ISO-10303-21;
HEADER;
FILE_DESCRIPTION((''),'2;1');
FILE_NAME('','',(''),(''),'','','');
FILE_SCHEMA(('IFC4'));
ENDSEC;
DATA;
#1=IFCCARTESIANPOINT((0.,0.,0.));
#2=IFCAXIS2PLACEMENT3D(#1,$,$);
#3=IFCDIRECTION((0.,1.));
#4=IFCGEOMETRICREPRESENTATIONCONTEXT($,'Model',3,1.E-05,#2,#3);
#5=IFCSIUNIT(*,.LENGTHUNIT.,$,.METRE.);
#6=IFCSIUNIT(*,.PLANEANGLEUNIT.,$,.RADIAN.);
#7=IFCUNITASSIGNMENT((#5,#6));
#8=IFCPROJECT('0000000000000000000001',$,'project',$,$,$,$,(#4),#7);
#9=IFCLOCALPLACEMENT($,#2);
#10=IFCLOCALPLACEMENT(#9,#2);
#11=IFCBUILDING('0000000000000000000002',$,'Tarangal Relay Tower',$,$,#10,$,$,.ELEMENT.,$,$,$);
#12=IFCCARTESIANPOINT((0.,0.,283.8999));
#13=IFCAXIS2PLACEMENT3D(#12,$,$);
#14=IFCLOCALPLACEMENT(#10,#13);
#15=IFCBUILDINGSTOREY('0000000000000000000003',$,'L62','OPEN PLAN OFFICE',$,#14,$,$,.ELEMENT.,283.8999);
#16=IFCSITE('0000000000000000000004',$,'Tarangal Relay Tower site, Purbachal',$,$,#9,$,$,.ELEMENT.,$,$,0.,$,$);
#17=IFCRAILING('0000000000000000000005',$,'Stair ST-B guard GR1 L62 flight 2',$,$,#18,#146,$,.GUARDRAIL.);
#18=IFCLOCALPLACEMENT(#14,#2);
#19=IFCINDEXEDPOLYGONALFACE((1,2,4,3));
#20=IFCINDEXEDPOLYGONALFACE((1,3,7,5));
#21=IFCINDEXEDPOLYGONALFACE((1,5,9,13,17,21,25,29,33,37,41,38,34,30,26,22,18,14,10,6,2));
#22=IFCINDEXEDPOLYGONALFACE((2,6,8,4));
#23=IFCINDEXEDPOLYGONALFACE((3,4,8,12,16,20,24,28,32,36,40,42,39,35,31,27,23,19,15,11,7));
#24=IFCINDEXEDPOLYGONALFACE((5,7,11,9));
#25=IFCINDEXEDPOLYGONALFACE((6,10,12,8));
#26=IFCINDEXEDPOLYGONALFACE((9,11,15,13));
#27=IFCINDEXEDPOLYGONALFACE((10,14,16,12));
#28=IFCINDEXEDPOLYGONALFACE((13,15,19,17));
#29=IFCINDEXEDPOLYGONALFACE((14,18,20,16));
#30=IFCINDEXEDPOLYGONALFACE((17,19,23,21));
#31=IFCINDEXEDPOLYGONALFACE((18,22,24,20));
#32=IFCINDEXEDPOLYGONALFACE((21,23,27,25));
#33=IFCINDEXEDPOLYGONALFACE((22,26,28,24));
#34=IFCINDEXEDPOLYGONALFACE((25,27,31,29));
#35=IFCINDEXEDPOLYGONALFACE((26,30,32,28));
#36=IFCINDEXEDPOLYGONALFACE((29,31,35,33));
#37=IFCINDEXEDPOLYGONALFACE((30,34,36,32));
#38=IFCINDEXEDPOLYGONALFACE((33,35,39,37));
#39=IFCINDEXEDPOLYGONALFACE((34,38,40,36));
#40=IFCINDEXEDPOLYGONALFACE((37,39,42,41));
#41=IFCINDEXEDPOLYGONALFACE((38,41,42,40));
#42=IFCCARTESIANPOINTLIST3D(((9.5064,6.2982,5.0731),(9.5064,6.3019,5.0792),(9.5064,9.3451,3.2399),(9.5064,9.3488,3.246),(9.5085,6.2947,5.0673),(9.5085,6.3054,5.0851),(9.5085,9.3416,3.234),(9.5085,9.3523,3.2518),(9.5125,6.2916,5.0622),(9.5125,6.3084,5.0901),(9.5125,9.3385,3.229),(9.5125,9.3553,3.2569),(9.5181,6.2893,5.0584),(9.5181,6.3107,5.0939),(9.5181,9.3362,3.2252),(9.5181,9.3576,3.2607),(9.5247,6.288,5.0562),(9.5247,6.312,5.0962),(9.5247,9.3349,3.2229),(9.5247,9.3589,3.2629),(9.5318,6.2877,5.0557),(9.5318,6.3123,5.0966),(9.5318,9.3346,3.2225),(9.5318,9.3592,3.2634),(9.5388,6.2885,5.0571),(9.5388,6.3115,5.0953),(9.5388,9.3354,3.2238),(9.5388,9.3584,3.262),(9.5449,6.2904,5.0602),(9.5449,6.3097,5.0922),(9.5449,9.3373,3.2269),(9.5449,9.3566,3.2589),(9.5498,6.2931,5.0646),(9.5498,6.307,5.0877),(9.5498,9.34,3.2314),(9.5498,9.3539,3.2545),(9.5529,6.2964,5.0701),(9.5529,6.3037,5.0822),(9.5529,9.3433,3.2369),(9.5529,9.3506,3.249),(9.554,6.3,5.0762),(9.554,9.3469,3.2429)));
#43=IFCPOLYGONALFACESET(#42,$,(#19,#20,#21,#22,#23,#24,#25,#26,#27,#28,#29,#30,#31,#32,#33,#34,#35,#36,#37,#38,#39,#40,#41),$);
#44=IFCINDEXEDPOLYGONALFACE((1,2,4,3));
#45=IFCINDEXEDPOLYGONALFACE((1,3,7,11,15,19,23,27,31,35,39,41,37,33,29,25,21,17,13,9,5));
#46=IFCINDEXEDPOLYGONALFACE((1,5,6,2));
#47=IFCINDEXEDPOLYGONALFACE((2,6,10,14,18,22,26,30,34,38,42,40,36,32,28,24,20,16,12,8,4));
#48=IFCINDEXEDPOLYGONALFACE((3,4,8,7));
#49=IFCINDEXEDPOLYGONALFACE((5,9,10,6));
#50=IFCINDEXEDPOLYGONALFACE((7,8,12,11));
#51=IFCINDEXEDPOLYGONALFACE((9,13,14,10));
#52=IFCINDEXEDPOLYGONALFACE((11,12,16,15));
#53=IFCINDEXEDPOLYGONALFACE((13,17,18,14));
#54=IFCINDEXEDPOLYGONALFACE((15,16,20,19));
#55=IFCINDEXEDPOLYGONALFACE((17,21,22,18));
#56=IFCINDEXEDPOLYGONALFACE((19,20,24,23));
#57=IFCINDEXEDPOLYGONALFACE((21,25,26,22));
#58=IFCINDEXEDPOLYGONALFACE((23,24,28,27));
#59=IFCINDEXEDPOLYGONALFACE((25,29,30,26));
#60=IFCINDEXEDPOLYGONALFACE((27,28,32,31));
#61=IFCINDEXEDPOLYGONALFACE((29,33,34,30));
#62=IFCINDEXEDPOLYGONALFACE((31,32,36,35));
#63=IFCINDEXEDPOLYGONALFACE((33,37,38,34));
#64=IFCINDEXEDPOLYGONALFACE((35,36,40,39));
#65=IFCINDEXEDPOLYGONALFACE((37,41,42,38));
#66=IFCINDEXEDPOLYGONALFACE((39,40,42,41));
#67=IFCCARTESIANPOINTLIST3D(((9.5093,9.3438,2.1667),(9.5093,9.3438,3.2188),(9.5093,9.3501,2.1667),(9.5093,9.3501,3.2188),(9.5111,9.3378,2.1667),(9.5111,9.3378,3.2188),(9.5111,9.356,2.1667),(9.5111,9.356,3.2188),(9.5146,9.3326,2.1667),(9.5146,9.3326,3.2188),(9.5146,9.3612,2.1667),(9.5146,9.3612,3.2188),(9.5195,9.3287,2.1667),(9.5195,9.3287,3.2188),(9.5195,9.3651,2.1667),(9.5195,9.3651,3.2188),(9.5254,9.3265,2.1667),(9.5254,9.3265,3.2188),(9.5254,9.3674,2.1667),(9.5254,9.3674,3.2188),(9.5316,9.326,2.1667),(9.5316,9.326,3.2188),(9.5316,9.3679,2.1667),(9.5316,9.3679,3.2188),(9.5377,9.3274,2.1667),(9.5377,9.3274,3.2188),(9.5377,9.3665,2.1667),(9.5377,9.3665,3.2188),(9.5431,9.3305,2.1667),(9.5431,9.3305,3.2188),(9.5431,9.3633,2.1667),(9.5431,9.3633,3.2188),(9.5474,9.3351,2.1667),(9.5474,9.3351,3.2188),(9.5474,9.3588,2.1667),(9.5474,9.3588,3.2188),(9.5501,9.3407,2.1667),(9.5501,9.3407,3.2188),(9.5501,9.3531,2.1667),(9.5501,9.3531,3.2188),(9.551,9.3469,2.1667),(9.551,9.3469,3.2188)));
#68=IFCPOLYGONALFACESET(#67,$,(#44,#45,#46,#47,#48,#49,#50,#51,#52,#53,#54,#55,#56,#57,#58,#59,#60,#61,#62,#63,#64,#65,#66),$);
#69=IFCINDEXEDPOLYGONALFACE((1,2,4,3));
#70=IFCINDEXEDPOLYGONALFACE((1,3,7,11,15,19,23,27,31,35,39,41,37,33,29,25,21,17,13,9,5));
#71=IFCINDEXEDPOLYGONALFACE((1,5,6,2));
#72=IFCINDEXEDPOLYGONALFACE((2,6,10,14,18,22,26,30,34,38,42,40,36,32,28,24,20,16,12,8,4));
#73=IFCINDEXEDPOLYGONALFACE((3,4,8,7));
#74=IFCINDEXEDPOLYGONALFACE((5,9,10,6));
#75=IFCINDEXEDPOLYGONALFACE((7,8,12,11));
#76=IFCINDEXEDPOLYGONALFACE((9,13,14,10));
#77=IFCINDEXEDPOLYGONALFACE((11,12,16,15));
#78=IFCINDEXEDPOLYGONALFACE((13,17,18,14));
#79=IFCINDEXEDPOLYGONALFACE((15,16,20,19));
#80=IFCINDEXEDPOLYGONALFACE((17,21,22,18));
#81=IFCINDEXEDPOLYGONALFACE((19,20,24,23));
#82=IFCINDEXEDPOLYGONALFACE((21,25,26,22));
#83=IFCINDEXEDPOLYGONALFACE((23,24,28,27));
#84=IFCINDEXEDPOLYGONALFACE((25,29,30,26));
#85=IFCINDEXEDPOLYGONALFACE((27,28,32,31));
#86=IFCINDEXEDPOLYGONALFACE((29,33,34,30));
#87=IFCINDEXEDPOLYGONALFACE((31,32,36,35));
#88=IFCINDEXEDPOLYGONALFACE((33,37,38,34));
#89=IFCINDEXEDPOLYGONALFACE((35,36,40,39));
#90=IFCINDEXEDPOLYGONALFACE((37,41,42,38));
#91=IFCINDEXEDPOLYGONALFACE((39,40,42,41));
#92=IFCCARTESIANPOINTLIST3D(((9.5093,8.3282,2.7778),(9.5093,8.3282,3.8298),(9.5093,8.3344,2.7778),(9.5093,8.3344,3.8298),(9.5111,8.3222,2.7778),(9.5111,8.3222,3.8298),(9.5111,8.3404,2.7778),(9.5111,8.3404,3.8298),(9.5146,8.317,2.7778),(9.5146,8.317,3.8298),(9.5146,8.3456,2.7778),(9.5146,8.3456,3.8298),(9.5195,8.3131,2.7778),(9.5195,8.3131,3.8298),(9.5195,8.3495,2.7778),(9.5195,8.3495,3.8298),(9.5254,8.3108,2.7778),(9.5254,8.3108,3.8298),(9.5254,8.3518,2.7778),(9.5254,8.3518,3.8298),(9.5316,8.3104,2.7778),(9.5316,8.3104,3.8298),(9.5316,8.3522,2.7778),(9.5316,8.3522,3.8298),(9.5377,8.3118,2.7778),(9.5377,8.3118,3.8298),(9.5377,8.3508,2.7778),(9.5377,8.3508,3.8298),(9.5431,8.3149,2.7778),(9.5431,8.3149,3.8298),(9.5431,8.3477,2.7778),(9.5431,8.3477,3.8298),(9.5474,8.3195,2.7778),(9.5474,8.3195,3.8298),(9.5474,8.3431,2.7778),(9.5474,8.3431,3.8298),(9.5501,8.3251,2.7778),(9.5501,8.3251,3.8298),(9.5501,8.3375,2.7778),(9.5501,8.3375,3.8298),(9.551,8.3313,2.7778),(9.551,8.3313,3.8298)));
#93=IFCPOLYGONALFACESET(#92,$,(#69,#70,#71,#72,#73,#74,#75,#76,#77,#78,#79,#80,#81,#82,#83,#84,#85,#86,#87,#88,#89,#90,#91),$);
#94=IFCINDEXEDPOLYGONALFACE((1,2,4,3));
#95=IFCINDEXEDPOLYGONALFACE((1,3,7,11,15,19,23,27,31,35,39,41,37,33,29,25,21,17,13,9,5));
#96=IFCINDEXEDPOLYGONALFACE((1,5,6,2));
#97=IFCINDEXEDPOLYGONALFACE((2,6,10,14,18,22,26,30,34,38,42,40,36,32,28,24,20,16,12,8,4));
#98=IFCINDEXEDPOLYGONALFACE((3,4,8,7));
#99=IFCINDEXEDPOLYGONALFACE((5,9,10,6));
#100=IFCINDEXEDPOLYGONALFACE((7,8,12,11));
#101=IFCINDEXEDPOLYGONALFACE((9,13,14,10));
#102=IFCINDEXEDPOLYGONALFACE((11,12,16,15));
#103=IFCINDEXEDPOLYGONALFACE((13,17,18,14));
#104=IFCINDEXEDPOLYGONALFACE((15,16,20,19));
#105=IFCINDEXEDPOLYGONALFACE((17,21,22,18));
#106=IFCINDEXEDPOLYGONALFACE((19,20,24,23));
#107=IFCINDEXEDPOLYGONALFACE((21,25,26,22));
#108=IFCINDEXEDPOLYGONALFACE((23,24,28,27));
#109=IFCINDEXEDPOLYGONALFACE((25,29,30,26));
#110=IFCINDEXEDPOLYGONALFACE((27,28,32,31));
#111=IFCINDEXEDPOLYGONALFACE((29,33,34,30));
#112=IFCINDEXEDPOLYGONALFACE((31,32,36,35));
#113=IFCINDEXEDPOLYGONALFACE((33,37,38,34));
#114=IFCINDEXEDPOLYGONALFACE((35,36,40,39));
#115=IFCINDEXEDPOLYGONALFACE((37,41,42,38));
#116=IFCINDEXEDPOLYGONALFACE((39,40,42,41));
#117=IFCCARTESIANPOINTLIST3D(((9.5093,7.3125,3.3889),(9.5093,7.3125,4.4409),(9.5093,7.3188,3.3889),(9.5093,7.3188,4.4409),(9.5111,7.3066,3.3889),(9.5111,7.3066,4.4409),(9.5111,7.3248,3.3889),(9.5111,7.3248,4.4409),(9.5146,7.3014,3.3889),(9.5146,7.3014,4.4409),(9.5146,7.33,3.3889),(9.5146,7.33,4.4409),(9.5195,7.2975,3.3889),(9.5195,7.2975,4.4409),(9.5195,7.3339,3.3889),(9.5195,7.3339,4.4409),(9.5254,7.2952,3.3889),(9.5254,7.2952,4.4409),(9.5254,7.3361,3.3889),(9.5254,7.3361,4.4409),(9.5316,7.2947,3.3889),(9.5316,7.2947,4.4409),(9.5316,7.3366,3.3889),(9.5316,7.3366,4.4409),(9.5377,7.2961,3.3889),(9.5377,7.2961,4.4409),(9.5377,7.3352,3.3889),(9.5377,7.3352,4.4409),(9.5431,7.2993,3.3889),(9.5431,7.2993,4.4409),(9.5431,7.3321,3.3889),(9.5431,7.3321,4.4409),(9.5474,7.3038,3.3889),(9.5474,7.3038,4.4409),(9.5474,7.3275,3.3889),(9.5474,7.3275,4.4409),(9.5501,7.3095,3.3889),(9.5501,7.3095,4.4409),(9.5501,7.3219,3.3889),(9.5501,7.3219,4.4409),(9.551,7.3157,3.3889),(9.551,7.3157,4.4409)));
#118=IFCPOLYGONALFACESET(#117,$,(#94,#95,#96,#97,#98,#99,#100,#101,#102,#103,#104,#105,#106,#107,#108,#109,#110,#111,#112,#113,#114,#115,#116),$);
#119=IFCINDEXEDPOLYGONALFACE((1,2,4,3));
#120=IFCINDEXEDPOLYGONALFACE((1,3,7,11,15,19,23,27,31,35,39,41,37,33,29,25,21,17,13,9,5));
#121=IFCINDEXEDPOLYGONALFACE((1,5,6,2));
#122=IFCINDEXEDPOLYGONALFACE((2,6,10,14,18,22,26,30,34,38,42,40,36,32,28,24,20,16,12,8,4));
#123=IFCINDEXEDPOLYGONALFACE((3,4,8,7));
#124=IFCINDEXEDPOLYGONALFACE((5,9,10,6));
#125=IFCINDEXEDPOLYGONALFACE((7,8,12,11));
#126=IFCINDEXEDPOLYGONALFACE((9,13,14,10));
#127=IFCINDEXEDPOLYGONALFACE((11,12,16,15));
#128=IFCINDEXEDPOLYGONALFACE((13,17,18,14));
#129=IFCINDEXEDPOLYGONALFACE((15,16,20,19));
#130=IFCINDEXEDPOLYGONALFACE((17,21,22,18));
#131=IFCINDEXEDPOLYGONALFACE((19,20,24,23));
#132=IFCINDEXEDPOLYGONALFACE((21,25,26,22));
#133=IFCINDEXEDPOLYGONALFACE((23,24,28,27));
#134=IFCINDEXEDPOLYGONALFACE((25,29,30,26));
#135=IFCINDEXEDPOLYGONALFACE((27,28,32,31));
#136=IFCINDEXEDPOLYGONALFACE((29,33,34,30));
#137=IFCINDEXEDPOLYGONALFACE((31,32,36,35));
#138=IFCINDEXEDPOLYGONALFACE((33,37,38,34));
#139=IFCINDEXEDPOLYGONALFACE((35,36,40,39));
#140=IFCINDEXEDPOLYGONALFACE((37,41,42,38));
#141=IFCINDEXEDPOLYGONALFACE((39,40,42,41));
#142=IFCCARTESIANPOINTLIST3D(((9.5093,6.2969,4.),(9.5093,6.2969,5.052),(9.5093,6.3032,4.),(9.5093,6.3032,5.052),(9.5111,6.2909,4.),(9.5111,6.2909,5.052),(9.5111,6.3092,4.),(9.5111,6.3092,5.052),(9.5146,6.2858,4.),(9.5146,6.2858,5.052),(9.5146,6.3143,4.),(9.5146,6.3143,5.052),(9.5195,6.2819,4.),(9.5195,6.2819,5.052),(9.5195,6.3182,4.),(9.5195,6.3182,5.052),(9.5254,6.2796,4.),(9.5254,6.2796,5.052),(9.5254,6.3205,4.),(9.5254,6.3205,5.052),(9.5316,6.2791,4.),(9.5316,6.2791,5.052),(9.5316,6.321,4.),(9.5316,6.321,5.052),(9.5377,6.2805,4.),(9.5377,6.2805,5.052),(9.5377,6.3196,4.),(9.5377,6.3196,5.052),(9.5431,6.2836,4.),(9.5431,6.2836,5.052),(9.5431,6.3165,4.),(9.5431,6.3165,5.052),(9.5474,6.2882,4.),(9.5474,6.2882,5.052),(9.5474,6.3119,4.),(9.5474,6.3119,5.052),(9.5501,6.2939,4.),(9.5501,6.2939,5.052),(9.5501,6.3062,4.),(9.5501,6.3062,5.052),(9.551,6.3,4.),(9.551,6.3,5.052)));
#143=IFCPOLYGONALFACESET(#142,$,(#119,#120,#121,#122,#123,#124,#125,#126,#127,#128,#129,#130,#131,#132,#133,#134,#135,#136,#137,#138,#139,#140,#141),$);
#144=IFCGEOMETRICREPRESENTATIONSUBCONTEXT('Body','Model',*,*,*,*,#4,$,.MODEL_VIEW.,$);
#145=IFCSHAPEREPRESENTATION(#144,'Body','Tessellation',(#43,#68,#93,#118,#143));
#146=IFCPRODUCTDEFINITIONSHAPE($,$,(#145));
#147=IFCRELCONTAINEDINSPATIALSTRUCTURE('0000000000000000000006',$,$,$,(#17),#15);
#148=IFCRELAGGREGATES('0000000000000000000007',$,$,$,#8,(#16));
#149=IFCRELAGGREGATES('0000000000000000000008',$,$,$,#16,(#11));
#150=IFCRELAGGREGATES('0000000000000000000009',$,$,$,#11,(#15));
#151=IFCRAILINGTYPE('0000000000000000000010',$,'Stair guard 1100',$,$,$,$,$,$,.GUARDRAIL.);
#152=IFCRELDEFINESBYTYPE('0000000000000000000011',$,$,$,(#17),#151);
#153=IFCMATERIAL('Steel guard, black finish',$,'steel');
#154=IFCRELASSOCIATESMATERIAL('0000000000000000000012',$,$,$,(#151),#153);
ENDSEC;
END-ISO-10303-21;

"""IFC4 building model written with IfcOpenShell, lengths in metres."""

from ifc_helpers import new_model, si_unit, direction, frame, origin, origin_2d, place, context, subcontext, project, spatial, circle, extrude, material, type_object, element, save


model = new_model("IFC4")

# Units and contexts
model_context = context("Model", 3, precision=1e-05, world=origin(), true_north=direction((0.0, 1.0)))
body_context = subcontext(model_context, "Body", "Model", "MODEL_VIEW")
ifc_project = project(units=[si_unit("LENGTHUNIT", "METRE"), si_unit("PLANEANGLEUNIT", "RADIAN")], contexts=[model_context])

# Site, building, storey
site_placement = place(None, origin())
site = spatial("IfcSite", under=ifc_project, at=site_placement, Name="Tarangal Relay Tower site, Purbachal", CompositionType="ELEMENT", RefElevation=0.0)
building_placement = place(site_placement, origin())
building = spatial("IfcBuilding", under=site, at=building_placement, Name="Tarangal Relay Tower", CompositionType="ELEMENT")
storey_placement = place(building_placement, frame((0.0, 0.0, 283.8999)))
storey = spatial("IfcBuildingStorey", under=building, at=storey_placement, Name="L62", Description="OPEN PLAN OFFICE", CompositionType="ELEMENT", Elevation=283.8999)

# Railing
ifc_material_1 = material(Name="Steel guard, black finish", Category="steel")
railing_type_1 = type_object("IfcRailingType", Name="Stair guard 1100", PredefinedType="GUARDRAIL", material=ifc_material_1)
railing_1_placement = place(storey_placement, frame((9.53, 9.3469, 2.1667)))
element("IfcRailing", 1, at=railing_1_placement, inside=storey, type_object=railing_type_1, Name="Stair ST-B guard GR1 L62 flight 2", PredefinedType="GUARDRAIL", context=body_context, shape_type="SweptSolid", body=[
    extrude(circle(Radius=0.0239, at=origin_2d()), frame((0.0, 0.0, 1.0762), z_axis=(0.0, -0.856856, 0.515556), x_axis=(1.0, 0.0, 0.0)), (0.0, 0.0, 1.0), 3.5559),
    extrude(circle(Radius=0.021, at=origin_2d()), origin(), (0.0, 0.0, 1.0), 1.052),
    extrude(circle(Radius=0.021, at=origin_2d()), frame((0.0, -1.0156, 0.6111)), (0.0, 0.0, 1.0), 1.052),
    extrude(circle(Radius=0.021, at=origin_2d()), frame((0.0, -2.0312, 1.2222)), (0.0, 0.0, 1.0), 1.052),
    extrude(circle(Radius=0.021, at=origin_2d()), frame((0.0, -3.0469, 1.8333)), (0.0, 0.0, 1.0), 1.052),
])

save(model, "model.ifc")
